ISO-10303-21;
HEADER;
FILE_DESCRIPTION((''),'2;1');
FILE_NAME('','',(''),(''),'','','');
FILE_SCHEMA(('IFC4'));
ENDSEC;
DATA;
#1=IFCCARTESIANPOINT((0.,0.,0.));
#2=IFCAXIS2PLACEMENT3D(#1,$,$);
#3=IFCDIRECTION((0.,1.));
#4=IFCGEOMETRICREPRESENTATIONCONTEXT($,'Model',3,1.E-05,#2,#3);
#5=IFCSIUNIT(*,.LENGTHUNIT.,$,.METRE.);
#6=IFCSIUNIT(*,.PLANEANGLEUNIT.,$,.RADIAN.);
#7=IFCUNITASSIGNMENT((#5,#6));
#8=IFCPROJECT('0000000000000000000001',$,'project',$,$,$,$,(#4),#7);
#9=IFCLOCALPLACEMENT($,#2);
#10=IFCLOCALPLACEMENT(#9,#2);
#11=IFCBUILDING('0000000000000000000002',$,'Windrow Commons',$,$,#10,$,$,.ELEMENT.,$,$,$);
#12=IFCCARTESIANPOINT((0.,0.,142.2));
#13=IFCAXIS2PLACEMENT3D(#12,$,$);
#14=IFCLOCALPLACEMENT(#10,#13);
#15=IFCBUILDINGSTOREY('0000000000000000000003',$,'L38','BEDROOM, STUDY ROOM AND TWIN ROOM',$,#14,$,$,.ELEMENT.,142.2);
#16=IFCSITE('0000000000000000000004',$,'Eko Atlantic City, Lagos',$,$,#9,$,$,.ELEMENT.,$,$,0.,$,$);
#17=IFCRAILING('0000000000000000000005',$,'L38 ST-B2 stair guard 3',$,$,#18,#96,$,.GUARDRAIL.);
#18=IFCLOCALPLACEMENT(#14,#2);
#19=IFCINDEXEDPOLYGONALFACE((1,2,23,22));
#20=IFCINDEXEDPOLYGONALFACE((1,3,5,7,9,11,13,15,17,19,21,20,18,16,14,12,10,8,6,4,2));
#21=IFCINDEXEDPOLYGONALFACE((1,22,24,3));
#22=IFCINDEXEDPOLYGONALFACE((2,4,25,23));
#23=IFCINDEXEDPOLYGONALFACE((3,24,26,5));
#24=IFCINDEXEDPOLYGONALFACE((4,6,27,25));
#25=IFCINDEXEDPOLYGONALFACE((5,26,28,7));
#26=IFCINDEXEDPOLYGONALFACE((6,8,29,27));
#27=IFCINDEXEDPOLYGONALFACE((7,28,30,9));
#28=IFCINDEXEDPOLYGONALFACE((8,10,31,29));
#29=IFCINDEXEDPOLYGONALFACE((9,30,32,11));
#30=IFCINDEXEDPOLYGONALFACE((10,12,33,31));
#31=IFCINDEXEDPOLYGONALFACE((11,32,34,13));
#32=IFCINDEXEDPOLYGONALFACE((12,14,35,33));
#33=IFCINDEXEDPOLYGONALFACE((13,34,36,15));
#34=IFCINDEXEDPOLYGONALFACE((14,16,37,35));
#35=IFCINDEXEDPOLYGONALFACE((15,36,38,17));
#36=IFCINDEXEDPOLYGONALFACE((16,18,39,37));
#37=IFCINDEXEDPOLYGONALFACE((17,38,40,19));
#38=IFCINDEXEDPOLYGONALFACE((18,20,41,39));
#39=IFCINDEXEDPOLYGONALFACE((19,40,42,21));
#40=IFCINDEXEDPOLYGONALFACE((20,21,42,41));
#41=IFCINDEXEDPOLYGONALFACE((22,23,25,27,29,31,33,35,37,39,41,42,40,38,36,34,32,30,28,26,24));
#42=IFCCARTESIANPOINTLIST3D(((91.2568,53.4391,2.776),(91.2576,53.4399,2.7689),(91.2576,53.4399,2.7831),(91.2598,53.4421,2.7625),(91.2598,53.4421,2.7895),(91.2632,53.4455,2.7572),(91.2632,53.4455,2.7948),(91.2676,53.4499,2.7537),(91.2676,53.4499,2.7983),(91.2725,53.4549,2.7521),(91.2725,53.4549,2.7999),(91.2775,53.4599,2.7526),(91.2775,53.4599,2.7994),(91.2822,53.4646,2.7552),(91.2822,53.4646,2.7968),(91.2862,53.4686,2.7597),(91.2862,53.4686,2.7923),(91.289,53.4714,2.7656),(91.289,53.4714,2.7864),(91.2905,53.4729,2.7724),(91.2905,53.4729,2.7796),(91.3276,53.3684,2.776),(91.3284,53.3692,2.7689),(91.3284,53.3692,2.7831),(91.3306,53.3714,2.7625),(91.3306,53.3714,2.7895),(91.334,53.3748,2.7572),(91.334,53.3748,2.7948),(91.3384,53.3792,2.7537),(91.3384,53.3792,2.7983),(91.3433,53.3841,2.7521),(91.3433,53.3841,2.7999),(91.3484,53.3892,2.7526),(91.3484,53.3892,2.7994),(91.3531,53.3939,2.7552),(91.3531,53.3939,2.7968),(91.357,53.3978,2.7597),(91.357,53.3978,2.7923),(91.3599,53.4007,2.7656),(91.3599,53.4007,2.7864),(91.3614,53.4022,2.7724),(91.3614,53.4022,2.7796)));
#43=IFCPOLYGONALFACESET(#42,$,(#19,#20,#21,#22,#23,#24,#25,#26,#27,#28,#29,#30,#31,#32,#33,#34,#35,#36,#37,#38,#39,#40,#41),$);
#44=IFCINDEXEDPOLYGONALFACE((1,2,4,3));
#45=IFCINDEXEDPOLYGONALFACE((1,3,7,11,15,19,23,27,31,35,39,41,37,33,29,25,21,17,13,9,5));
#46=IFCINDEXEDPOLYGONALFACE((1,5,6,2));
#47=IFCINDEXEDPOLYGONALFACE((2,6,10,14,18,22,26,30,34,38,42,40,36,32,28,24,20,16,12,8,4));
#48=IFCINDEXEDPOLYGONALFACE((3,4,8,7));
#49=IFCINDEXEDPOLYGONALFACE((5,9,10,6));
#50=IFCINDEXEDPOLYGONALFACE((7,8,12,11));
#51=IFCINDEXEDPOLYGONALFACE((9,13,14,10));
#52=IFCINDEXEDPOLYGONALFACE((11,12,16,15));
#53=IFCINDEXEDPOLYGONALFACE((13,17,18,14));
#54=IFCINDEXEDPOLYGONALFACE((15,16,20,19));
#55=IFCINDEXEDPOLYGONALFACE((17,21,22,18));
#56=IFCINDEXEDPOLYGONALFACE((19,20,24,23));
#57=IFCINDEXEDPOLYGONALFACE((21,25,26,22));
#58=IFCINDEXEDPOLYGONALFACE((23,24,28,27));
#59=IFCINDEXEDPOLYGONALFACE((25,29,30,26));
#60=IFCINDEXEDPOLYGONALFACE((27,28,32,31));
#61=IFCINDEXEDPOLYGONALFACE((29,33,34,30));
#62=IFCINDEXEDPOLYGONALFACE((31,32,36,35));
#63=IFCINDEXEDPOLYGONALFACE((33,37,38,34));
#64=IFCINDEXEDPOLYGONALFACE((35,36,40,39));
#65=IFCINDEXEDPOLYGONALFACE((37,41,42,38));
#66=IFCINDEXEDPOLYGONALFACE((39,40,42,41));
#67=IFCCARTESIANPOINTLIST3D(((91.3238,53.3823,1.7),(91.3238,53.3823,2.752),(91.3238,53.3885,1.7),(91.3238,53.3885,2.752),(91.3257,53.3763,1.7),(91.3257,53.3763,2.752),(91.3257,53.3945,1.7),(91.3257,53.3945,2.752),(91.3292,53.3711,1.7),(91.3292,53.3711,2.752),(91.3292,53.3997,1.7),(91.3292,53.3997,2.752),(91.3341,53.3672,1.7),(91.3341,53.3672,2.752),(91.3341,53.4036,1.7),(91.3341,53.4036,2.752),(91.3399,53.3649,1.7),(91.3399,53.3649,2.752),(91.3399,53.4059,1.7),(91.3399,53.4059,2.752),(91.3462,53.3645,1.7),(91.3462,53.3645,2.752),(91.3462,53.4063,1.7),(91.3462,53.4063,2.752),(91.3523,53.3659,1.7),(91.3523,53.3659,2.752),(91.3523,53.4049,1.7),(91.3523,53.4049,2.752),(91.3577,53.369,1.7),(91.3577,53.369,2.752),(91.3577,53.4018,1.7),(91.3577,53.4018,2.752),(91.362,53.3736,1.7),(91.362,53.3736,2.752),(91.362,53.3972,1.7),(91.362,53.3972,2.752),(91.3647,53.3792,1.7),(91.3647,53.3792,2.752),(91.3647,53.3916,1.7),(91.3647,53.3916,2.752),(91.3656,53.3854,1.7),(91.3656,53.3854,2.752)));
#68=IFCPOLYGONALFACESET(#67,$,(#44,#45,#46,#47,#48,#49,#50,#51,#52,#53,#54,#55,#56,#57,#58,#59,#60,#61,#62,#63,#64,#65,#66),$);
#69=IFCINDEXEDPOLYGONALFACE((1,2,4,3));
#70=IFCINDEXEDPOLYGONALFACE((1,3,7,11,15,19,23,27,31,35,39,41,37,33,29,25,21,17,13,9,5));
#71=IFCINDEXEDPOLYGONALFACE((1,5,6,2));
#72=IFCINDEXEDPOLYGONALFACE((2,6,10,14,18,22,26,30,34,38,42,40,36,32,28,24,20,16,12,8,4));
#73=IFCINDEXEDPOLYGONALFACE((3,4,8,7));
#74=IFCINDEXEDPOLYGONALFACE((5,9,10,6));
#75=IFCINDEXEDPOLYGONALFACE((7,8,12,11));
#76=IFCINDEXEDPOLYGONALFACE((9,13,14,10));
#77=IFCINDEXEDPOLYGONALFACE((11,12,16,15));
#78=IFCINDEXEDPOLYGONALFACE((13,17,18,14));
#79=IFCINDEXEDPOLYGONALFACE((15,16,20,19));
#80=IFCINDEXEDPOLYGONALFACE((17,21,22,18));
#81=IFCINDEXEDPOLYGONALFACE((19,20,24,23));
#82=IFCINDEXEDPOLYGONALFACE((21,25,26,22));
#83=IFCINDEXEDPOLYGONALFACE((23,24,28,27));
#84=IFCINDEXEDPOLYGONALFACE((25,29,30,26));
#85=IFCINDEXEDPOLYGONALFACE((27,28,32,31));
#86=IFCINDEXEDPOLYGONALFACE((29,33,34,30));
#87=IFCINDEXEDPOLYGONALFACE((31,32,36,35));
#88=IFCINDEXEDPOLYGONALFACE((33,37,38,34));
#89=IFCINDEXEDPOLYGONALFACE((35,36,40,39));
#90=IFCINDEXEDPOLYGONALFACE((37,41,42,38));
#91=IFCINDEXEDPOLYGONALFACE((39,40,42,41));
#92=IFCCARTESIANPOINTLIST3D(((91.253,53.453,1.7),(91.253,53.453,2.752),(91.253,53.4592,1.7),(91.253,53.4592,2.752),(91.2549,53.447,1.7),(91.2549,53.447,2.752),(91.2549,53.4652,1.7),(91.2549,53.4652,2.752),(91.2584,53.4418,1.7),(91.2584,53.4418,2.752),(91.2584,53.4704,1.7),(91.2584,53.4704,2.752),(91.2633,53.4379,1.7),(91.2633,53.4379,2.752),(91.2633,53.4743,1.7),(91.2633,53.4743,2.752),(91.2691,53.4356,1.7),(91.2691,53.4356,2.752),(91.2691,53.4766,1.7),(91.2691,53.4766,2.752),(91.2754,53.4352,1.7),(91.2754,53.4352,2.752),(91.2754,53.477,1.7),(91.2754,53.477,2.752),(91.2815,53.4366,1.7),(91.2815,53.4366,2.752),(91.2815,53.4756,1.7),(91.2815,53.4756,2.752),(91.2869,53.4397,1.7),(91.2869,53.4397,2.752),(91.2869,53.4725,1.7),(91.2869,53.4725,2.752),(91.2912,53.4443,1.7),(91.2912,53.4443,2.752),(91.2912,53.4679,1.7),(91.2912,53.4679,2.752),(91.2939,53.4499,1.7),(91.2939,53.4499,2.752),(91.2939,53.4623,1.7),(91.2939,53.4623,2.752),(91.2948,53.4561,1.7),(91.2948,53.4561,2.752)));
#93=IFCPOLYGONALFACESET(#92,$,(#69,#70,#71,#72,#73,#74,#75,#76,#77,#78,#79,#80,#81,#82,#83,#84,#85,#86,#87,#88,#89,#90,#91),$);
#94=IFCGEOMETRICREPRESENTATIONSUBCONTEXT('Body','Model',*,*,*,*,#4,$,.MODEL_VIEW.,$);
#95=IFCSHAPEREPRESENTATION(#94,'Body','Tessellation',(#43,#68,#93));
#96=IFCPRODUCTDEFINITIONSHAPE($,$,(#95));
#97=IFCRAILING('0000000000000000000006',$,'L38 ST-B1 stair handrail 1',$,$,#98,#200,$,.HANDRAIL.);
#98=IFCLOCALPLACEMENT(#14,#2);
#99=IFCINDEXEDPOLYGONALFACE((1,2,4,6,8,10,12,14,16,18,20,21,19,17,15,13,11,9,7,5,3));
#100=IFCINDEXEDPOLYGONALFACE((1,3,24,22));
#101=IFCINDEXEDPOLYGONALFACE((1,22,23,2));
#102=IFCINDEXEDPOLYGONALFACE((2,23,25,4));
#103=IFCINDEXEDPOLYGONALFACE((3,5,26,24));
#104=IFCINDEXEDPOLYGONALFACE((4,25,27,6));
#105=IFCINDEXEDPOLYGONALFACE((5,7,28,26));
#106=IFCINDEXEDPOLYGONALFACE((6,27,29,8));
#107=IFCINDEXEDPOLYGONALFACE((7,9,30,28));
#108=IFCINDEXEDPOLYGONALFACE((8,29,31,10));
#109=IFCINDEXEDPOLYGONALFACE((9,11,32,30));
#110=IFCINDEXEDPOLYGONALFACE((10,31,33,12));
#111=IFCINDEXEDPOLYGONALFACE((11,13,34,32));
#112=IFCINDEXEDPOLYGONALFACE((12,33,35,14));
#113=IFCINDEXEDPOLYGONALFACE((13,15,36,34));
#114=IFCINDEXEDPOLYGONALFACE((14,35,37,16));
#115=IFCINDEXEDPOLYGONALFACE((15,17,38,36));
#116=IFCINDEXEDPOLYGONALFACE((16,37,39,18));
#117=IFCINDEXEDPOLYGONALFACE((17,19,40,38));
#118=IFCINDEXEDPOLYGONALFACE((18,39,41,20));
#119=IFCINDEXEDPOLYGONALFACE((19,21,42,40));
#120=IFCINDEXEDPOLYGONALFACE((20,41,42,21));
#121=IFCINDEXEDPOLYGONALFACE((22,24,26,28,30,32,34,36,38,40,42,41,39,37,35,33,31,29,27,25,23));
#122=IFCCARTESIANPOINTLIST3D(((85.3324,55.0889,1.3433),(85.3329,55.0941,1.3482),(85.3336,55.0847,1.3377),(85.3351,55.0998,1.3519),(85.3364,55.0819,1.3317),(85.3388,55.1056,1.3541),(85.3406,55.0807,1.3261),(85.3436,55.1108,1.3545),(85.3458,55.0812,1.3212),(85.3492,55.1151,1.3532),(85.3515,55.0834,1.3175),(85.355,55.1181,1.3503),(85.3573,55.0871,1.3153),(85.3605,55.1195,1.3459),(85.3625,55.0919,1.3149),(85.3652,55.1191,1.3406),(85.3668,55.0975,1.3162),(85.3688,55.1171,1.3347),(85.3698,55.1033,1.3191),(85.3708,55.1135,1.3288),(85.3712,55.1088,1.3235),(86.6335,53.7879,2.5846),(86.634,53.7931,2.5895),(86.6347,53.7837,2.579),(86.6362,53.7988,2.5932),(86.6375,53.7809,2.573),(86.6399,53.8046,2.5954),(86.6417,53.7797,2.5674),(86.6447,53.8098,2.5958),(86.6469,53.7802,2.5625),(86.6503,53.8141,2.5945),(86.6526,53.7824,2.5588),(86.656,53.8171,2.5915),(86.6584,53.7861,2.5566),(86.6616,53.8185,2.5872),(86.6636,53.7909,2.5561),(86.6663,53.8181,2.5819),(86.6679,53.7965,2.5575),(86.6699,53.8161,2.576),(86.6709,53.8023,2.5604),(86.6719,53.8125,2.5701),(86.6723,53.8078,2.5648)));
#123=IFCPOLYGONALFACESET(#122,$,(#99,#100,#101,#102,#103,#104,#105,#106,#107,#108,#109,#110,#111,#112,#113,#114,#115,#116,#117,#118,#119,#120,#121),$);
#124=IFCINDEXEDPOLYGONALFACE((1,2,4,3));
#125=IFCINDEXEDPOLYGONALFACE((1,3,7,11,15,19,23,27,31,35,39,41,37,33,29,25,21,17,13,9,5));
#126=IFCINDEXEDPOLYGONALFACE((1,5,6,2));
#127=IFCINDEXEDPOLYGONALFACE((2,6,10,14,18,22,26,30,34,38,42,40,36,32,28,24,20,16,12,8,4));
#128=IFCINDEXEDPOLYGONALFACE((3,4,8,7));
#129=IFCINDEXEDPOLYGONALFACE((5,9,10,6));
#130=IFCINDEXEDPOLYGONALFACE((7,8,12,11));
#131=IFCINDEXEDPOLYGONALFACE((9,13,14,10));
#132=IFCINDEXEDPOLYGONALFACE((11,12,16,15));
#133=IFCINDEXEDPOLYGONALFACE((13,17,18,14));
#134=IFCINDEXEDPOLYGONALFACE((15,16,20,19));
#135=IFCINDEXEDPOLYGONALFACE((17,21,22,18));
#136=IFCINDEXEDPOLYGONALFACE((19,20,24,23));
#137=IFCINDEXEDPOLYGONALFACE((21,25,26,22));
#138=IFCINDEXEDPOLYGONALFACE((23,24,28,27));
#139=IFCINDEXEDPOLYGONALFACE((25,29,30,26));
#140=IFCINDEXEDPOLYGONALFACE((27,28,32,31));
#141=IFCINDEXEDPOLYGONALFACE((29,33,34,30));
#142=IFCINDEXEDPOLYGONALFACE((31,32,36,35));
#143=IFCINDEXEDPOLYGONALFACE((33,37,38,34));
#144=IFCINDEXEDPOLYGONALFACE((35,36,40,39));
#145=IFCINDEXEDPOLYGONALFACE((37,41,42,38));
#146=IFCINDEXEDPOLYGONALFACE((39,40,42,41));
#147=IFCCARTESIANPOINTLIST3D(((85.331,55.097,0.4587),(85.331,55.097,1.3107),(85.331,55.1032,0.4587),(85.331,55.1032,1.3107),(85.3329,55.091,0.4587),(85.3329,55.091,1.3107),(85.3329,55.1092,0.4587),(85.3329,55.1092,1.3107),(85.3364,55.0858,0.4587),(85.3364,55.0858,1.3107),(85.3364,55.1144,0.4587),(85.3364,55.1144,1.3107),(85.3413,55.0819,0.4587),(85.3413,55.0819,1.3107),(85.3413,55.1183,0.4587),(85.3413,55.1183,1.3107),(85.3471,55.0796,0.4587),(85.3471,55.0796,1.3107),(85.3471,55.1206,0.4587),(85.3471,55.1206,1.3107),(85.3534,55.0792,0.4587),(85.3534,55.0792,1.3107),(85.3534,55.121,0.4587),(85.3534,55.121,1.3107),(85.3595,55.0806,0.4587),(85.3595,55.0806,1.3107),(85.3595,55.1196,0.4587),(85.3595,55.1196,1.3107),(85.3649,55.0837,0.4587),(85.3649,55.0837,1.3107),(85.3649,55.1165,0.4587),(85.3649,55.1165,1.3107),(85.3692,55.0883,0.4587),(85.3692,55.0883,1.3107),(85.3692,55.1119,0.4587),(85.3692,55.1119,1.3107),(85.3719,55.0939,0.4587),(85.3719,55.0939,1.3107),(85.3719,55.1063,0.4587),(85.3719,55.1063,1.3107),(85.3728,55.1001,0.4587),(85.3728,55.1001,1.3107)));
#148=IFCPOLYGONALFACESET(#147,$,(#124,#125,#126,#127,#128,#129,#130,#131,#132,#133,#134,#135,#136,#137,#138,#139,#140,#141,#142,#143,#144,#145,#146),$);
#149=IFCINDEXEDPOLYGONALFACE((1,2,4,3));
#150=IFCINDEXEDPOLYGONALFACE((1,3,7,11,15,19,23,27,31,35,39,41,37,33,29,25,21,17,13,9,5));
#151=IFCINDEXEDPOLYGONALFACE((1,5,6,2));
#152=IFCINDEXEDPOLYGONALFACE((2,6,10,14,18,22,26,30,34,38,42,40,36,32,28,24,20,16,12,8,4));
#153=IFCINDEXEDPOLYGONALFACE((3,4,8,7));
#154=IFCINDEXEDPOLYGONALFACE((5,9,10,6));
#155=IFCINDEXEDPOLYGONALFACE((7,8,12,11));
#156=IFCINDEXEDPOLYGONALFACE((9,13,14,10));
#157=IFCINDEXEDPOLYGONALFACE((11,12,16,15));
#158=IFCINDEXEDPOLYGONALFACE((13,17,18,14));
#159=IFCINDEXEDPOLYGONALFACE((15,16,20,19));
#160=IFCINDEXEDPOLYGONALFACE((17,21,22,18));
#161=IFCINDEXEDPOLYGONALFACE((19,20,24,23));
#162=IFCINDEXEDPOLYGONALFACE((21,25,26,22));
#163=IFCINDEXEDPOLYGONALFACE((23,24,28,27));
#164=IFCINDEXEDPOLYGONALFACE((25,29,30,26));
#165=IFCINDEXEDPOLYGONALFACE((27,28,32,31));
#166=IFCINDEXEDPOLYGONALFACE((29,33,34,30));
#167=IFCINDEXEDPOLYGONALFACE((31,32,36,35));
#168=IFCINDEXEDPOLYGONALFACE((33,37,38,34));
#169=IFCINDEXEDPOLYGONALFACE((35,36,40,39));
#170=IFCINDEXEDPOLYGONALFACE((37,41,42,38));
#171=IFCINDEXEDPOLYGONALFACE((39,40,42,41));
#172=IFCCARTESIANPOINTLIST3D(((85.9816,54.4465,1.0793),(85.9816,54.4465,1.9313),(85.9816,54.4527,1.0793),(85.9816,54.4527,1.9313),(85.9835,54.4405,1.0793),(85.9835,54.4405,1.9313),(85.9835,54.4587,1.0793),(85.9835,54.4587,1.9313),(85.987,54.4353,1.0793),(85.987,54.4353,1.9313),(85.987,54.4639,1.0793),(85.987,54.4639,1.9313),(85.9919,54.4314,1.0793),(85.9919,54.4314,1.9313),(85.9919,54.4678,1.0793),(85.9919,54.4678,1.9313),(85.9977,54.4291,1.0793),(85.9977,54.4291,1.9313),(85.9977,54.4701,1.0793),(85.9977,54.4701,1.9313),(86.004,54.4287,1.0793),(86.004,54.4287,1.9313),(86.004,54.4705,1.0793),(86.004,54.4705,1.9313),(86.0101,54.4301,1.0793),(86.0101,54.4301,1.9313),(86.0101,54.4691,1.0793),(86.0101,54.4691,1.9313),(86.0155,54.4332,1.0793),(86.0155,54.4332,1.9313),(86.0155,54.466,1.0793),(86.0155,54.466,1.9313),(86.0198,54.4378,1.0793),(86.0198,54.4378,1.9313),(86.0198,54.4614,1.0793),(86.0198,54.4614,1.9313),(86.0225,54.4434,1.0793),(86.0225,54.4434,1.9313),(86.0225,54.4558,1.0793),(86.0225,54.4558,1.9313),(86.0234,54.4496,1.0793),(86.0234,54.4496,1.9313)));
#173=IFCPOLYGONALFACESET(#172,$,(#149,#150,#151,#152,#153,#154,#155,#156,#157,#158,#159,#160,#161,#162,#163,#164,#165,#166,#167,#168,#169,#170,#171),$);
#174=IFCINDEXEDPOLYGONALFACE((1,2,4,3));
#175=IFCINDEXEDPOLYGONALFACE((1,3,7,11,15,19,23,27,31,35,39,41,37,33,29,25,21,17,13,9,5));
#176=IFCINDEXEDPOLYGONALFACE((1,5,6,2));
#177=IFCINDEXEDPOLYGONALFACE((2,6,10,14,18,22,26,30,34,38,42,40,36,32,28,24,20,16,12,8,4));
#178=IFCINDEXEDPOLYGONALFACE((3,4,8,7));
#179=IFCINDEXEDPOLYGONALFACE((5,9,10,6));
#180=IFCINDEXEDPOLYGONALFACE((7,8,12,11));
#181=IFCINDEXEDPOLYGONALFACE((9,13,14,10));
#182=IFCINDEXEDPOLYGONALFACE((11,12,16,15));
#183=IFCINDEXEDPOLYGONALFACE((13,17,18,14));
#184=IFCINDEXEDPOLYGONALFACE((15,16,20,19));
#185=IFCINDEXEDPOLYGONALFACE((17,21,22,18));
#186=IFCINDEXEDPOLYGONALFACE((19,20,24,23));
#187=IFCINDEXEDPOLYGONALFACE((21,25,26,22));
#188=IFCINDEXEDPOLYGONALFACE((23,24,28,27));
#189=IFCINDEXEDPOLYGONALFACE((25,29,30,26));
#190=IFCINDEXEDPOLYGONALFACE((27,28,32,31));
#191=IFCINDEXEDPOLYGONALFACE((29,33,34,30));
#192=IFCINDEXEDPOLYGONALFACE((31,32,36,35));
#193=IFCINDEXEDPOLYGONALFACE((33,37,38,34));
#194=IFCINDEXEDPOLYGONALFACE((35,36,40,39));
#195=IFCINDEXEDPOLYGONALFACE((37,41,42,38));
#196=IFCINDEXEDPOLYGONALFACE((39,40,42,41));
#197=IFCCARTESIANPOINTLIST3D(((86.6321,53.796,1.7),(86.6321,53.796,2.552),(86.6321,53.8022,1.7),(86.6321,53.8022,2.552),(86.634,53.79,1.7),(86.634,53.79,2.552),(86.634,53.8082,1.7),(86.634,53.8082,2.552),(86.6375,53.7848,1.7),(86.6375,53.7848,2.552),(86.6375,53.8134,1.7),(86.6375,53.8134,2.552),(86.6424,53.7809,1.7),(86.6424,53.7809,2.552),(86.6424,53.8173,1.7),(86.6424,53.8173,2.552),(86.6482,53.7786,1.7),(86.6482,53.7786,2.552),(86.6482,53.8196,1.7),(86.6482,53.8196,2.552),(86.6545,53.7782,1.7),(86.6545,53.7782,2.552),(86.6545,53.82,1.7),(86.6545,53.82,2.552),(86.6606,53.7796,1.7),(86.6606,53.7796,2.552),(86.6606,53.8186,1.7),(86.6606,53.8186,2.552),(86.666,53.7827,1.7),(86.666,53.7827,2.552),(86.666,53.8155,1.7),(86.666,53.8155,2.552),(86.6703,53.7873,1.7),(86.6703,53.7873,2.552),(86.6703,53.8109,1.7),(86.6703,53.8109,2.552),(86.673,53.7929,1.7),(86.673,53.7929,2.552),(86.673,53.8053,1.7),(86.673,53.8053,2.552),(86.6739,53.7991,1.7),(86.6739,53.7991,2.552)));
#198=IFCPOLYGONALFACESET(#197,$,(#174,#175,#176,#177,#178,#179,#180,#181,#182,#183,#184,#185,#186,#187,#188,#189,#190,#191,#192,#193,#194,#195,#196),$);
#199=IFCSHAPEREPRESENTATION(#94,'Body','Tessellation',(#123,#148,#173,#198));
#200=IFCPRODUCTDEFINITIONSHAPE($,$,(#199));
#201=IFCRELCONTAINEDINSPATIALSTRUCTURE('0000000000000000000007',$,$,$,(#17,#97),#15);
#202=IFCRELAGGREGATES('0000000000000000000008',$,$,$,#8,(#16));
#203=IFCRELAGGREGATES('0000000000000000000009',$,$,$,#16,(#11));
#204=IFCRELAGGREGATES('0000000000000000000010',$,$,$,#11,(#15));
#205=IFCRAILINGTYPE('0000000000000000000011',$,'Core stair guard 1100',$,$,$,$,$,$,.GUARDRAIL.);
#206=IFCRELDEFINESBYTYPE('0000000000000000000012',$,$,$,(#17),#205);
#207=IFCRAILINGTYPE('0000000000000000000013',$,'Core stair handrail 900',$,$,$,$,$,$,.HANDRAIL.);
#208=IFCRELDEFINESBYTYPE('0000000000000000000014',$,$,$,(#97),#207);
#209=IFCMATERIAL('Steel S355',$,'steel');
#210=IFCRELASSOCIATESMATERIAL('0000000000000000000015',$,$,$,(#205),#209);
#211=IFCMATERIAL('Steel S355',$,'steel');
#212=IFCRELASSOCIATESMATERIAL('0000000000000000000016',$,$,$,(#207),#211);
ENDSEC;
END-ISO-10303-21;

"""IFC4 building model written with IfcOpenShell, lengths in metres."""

from ifc_helpers import new_model, si_unit, direction, frame, origin, origin_2d, place, context, subcontext, project, spatial, circle, extrude, material, type_object, element, save


model = new_model("IFC4")

# Units and contexts
model_context = context("Model", 3, precision=1e-05, world=origin(), true_north=direction((0.0, 1.0)))
body_context = subcontext(model_context, "Body", "Model", "MODEL_VIEW")
ifc_project = project(units=[si_unit("LENGTHUNIT", "METRE"), si_unit("PLANEANGLEUNIT", "RADIAN")], contexts=[model_context])

# Site, building, storey
site_placement = place(None, origin())
site = spatial("IfcSite", under=ifc_project, at=site_placement, Name="Eko Atlantic City, Lagos", CompositionType="ELEMENT", RefElevation=0.0)
building_placement = place(site_placement, origin())
building = spatial("IfcBuilding", under=site, at=building_placement, Name="Windrow Commons", CompositionType="ELEMENT")
storey_placement = place(building_placement, frame((0.0, 0.0, 142.2)))
storey = spatial("IfcBuildingStorey", under=building, at=storey_placement, Name="L38", Description="BEDROOM, STUDY ROOM AND TWIN ROOM", CompositionType="ELEMENT", Elevation=142.2)

# Railings
ifc_material_1 = material(Name="Steel S355", Category="steel")
railing_type_1 = type_object("IfcRailingType", Name="Core stair guard 1100", PredefinedType="GUARDRAIL", material=ifc_material_1)
railing_1_placement = place(storey_placement, frame((91.3446, 53.3854, 1.7)))
element("IfcRailing", 1, at=railing_1_placement, inside=storey, type_object=railing_type_1, Name="L38 ST-B2 stair guard 3", PredefinedType="GUARDRAIL", context=body_context, shape_type="SweptSolid", body=[
    extrude(circle(Radius=0.024, at=origin_2d()), frame((0.0, 0.0, 1.076), z_axis=(-0.707606, 0.706607, 0.0), x_axis=(-0.706607, -0.707606, 0.0)), (0.0, 0.0, 1.0), 0.1001),
    extrude(circle(Radius=0.021, at=origin_2d()), origin(), (0.0, 0.0, 1.0), 1.052),
    extrude(circle(Radius=0.021, at=origin_2d()), frame((-0.0708, 0.0707, 0.0)), (0.0, 0.0, 1.0), 1.052),
])
ifc_material_2 = material(Name="Steel S355", Category="steel")
railing_type_2 = type_object("IfcRailingType", Name="Core stair handrail 900", PredefinedType="HANDRAIL", material=ifc_material_2)
railing_2_placement = place(storey_placement, frame((85.3518, 55.1001, 0.4587)))
element("IfcRailing", 2, at=railing_2_placement, inside=storey, type_object=railing_type_2, Name="L38 ST-B1 stair handrail 1", PredefinedType="HANDRAIL", context=body_context, shape_type="SweptSolid", body=[
    extrude(circle(Radius=0.024, at=origin_2d()), frame((0.0, 0.0, 0.876), z_axis=(0.586207, -0.586162, 0.559264), x_axis=(0.70708, 0.707134, 0.0)), (0.0, 0.0, 1.0), 2.2195),
    extrude(circle(Radius=0.021, at=origin_2d()), origin(), (0.0, 0.0, 1.0), 0.852),
    extrude(circle(Radius=0.021, at=origin_2d()), frame((0.6506, -0.6505, 0.6206)), (0.0, 0.0, 1.0), 0.852),
    extrude(circle(Radius=0.021, at=origin_2d()), frame((1.3011, -1.301, 1.2413)), (0.0, 0.0, 1.0), 0.852),
])

save(model, "model.ifc")
